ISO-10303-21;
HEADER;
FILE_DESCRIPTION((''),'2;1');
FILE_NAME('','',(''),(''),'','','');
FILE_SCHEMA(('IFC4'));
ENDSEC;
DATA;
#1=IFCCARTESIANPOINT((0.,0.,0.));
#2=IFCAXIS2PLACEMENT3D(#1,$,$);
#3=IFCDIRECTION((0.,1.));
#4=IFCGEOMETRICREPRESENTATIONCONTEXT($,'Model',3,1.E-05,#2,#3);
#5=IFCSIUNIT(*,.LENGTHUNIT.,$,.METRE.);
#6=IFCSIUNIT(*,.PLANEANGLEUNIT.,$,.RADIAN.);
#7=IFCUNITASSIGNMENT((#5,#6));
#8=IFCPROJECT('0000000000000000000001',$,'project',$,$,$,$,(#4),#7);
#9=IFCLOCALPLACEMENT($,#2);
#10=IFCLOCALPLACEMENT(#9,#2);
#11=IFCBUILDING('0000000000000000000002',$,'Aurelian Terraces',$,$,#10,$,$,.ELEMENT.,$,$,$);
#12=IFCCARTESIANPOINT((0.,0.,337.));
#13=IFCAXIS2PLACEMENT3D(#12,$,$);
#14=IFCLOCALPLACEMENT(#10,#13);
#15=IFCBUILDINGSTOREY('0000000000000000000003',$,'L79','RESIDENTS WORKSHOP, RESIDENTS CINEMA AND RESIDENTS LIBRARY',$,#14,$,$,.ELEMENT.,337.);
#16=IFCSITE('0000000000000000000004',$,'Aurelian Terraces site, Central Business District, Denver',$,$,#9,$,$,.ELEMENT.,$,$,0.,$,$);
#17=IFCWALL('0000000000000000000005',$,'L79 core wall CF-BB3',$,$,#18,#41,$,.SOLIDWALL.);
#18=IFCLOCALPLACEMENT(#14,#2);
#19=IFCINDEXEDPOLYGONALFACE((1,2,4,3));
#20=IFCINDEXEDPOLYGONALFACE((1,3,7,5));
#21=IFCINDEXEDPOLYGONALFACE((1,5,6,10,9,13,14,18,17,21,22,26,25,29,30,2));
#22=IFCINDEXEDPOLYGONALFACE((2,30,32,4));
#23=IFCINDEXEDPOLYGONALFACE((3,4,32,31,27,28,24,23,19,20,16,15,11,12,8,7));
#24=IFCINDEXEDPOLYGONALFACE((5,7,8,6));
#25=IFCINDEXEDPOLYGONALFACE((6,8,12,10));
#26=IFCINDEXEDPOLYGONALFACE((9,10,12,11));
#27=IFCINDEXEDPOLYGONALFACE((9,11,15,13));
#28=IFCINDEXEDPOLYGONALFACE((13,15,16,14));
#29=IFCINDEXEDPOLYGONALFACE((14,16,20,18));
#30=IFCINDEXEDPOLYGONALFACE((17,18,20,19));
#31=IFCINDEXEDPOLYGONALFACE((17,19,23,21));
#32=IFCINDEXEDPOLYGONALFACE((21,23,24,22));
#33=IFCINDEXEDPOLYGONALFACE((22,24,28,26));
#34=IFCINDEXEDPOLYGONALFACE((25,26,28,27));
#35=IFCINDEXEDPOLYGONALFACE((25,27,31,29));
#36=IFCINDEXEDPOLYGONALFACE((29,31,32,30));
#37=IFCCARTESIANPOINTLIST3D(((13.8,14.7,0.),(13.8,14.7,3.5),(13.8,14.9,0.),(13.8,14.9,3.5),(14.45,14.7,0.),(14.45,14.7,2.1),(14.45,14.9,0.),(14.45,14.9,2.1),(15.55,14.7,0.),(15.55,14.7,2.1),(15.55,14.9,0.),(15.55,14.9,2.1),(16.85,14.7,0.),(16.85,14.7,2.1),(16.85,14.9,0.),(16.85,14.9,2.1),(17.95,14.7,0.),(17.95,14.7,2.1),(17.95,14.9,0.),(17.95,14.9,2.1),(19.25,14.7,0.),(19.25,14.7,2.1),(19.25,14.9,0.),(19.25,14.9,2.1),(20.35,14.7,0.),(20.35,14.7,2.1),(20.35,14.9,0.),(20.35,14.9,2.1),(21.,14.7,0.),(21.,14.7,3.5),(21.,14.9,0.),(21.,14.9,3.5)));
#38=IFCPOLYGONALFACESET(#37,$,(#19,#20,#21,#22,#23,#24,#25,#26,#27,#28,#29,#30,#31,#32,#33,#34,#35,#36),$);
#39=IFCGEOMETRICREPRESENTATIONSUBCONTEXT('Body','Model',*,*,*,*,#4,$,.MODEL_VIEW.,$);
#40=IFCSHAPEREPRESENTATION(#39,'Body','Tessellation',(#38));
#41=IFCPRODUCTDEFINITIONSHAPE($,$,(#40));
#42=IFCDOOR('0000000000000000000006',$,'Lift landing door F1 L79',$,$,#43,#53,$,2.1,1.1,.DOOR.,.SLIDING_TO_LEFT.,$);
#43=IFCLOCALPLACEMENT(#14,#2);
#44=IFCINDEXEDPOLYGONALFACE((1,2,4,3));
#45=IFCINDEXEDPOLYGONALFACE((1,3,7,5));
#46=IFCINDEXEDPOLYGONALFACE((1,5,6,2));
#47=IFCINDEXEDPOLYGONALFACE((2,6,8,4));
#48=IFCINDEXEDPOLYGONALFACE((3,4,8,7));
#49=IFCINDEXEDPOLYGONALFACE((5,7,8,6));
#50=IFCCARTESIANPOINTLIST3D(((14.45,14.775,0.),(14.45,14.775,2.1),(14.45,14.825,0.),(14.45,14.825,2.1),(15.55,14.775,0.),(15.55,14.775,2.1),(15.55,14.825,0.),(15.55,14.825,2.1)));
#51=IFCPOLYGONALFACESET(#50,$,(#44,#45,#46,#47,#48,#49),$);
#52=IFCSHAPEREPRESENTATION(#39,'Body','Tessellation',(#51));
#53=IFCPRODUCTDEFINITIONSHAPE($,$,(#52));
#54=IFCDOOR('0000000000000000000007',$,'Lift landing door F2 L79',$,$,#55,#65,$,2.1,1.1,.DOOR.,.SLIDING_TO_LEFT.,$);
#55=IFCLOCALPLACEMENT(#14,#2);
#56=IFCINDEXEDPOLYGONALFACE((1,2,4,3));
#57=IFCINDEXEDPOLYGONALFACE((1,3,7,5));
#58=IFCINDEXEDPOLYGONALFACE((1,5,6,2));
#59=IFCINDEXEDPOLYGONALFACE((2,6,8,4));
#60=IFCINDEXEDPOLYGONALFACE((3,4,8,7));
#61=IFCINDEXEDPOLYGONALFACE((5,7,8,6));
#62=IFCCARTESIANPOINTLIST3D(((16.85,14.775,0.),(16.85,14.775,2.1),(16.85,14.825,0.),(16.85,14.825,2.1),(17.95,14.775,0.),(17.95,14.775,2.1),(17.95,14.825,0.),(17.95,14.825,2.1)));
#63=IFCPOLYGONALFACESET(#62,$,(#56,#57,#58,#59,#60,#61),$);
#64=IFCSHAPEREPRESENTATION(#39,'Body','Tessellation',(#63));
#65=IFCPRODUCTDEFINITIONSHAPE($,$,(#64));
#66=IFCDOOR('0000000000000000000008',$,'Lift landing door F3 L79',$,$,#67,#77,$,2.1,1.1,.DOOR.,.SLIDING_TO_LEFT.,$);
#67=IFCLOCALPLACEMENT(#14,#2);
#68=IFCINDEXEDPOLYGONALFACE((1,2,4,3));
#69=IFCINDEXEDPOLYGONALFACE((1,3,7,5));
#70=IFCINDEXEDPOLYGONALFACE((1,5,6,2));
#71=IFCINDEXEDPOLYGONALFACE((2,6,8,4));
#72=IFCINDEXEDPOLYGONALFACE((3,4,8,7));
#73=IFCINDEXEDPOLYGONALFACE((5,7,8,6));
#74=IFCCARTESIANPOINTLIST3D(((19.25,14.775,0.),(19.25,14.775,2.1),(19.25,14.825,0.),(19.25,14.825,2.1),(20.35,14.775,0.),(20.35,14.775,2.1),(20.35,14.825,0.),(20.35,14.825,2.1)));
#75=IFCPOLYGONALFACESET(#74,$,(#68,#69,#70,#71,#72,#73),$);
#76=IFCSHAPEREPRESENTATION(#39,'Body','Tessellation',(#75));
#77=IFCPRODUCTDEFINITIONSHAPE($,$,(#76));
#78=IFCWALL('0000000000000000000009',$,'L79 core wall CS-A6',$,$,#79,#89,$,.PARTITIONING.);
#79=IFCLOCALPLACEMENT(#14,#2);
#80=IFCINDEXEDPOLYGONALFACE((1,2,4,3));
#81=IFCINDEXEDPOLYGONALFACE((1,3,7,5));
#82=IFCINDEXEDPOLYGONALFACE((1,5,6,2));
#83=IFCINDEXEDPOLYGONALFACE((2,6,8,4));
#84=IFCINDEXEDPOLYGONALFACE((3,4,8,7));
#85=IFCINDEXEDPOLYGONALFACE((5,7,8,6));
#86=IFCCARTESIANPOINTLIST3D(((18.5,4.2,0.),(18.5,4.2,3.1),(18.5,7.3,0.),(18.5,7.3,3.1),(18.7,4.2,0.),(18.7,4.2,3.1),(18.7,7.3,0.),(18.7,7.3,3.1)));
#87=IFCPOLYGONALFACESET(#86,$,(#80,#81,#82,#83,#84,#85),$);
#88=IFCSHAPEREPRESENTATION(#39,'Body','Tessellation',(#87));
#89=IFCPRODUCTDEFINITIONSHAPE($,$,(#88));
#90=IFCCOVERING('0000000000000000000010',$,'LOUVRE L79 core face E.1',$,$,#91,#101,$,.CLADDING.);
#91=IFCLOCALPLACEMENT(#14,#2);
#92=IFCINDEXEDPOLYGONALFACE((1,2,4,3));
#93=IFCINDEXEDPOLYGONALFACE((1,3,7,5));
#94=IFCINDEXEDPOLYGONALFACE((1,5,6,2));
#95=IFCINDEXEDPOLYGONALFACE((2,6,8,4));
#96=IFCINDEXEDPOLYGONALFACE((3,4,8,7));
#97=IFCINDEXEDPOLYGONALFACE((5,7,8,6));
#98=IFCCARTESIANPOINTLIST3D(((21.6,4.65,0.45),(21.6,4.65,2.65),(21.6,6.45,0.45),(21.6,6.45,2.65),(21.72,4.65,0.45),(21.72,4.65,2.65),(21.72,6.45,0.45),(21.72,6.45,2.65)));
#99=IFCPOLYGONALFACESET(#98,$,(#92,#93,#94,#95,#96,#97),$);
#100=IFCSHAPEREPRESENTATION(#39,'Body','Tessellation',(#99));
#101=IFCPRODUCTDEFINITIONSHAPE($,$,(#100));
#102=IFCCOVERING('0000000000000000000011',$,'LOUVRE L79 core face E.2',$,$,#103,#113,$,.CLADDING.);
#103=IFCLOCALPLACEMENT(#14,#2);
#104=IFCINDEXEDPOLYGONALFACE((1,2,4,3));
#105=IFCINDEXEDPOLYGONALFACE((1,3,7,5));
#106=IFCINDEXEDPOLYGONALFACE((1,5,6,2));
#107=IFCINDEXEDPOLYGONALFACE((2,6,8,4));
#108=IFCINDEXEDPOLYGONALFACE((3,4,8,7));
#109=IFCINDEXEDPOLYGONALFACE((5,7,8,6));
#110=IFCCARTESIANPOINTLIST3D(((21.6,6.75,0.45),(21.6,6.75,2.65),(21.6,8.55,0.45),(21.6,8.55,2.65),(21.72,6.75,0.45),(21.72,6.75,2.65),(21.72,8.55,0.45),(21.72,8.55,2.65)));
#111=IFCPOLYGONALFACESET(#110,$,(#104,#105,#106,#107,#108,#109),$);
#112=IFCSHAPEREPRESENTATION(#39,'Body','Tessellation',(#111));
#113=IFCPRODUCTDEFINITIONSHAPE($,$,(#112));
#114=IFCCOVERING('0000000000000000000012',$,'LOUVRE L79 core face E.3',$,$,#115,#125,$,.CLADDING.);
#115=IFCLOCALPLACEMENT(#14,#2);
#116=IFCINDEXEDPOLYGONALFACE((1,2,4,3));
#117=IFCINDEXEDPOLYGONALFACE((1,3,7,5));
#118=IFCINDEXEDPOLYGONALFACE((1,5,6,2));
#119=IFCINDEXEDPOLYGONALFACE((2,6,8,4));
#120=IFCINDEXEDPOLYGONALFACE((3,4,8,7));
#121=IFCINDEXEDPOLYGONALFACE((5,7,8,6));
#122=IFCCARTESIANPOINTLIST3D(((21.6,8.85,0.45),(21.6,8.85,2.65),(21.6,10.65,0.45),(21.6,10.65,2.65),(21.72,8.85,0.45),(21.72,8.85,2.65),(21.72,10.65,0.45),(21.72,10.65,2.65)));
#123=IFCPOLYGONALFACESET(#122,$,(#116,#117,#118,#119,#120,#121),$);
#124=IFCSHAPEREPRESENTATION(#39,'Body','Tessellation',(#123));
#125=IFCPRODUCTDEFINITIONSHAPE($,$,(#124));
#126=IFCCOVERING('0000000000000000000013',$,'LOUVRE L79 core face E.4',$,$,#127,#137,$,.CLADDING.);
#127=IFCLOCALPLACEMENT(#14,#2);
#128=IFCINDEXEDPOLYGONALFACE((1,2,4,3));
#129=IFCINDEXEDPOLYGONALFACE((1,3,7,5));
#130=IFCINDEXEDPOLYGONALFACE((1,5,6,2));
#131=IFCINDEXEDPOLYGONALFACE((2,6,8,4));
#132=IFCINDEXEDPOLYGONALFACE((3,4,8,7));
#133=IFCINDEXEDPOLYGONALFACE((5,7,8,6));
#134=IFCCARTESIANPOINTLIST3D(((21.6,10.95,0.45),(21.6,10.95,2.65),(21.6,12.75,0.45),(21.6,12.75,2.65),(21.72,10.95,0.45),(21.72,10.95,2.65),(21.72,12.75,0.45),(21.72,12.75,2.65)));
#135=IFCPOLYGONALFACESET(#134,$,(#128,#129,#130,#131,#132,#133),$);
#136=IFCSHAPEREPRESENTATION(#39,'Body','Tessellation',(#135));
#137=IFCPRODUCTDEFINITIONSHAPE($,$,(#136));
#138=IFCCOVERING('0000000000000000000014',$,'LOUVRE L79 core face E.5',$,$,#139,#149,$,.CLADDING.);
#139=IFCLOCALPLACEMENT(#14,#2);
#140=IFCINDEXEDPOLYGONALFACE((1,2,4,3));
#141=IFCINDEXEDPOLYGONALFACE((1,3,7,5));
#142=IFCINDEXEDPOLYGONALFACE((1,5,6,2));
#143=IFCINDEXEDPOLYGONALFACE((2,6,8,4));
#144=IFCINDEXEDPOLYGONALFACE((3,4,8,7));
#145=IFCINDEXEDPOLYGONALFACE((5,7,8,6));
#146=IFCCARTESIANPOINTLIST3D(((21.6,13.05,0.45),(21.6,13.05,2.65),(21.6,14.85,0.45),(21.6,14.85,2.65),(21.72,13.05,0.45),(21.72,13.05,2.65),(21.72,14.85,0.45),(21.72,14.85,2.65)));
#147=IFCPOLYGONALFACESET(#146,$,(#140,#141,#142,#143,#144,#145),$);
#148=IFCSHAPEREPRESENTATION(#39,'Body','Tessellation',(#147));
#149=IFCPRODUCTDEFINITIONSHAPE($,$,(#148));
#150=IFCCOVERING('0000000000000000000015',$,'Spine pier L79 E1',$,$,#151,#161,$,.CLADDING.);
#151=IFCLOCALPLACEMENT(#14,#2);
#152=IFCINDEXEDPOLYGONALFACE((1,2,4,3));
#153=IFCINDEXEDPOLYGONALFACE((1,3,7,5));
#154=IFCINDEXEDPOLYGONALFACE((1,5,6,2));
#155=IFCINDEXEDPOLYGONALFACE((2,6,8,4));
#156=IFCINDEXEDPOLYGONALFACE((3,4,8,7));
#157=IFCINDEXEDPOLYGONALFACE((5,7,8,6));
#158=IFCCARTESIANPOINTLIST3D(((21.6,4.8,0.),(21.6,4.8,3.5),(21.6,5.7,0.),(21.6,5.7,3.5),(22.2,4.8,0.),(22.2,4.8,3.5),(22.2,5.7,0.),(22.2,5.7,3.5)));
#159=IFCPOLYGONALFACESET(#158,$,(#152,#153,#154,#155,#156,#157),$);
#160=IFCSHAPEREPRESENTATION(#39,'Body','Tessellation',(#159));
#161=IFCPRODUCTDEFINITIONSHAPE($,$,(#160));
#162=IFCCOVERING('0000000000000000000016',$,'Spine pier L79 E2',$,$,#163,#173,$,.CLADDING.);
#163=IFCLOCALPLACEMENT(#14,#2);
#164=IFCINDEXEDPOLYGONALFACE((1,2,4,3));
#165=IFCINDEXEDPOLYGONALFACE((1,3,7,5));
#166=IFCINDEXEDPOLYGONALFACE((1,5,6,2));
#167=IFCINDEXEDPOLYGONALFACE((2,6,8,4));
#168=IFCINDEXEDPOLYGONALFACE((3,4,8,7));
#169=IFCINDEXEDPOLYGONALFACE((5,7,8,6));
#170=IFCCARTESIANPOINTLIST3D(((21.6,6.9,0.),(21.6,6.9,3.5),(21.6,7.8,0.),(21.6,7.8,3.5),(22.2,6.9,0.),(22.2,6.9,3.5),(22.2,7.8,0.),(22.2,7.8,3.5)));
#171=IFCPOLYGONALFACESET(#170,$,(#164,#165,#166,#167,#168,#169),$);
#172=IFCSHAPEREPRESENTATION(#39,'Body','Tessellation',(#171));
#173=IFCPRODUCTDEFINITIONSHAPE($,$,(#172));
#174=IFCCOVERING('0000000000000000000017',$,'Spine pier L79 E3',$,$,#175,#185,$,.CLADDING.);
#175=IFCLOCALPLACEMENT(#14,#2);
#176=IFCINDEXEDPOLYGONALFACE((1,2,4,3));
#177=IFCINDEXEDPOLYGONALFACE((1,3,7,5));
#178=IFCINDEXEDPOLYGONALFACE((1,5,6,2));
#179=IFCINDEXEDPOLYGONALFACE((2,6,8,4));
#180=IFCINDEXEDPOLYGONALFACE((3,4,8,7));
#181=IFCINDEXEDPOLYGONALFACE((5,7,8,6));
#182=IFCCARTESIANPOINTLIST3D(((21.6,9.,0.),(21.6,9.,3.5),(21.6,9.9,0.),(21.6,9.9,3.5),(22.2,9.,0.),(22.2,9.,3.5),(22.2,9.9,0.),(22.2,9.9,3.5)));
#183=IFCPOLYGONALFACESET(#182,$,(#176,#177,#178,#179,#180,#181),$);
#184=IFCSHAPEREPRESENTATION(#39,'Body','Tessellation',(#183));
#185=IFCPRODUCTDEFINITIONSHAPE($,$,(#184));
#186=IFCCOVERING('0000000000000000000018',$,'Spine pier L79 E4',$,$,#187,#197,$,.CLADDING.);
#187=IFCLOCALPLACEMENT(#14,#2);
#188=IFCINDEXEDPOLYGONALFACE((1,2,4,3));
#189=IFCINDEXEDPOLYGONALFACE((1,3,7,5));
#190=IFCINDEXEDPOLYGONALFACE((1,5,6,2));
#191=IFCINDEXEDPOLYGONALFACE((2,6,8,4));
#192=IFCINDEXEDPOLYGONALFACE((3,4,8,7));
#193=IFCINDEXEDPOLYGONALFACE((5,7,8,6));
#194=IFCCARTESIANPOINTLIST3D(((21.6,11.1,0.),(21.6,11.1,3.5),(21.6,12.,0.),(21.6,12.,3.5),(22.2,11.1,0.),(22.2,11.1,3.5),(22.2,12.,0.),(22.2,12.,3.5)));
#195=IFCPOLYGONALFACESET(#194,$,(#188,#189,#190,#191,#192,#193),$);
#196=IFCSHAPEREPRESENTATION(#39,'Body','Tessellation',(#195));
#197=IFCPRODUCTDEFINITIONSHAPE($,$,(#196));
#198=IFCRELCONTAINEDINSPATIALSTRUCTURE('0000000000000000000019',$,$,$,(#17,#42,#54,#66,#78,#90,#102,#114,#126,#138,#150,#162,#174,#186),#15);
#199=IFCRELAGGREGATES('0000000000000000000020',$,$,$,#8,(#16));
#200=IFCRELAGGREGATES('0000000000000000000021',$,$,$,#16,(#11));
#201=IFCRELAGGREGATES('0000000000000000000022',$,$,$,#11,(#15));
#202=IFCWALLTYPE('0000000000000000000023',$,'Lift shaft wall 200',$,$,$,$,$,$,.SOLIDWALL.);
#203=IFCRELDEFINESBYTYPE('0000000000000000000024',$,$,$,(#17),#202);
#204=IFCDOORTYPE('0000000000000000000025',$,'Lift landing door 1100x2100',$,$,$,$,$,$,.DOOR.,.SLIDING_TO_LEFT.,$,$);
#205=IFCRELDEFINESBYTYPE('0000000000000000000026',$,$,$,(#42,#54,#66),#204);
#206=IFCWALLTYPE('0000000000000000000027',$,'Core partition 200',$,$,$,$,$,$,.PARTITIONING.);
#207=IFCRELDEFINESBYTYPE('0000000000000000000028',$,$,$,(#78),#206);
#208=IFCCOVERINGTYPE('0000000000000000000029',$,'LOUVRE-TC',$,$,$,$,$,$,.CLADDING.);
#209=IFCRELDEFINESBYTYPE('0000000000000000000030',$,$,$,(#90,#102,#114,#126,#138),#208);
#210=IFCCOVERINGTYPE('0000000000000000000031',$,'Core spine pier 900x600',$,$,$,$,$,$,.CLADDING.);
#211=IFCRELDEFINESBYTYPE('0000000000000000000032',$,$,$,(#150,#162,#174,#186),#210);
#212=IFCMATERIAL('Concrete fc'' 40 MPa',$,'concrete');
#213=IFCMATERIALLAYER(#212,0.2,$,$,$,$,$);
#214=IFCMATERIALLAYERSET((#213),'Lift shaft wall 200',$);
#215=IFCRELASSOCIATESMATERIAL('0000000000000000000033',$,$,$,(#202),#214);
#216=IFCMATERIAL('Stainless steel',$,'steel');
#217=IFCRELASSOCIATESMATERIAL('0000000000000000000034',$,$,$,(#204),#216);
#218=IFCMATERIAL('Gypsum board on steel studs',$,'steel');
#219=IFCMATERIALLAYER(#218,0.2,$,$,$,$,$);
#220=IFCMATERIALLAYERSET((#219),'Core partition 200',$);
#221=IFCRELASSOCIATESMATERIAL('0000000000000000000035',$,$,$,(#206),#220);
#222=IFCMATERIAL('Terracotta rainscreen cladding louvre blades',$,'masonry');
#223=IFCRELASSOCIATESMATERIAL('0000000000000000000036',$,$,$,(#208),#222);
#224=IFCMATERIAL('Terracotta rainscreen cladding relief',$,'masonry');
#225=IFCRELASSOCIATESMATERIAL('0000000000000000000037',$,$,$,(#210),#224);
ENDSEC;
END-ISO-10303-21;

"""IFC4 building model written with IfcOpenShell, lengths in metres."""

from ifc_helpers import new_model, si_unit, direction, frame, frame_2d, origin, origin_2d, place, context, subcontext, project, spatial, rectangle, extrude, source, transform, mapped, material, layer, layer_set, type_object, element, fill, save


model = new_model("IFC4")

# Units and contexts
model_context = context("Model", 3, precision=1e-05, world=origin(), true_north=direction((0.0, 1.0)))
body_context = subcontext(model_context, "Body", "Model", "MODEL_VIEW")
ifc_project = project(units=[si_unit("LENGTHUNIT", "METRE"), si_unit("PLANEANGLEUNIT", "RADIAN")], contexts=[model_context])

# Site, building, storey
site_placement = place(None, origin())
site = spatial("IfcSite", under=ifc_project, at=site_placement, Name="Aurelian Terraces site, Central Business District, Denver", CompositionType="ELEMENT", RefElevation=0.0)
building_placement = place(site_placement, origin())
building = spatial("IfcBuilding", under=site, at=building_placement, Name="Aurelian Terraces", CompositionType="ELEMENT")
storey_placement = place(building_placement, frame((0.0, 0.0, 337.0)))
storey = spatial("IfcBuildingStorey", under=building, at=storey_placement, Name="L79", Description="RESIDENTS WORKSHOP, RESIDENTS CINEMA AND RESIDENTS LIBRARY", CompositionType="ELEMENT", Elevation=337.0)

# Shared definitions
ifc_material_1 = material(Name="Concrete fc' 40 MPa", Category="concrete")

# Shared definitions
ifc_layer_1 = layer(ifc_material_1, 0.2)
ifc_layer_set_1 = layer_set([ifc_layer_1], Name="Lift shaft wall 200")
wall_type_1 = type_object("IfcWallType", Name="Lift shaft wall 200", PredefinedType="SOLIDWALL", material=ifc_layer_set_1)

# Wall, openings, doors
shared_shape_1 = source(origin(), body_context, "Body", "SweptSolid", [
    extrude(rectangle(XDim=7.2, YDim=0.2, at=frame_2d((3.6, 0.0))), origin(), (0.0, 0.0, 1.0), 3.5),
])
wall_1_placement = place(storey_placement, frame((13.8, 14.8, 0.0), z_axis=(0.0, 0.0, 1.0), x_axis=(1.0, 0.0, 0.0)))
wall_1 = element("IfcWall", 1, at=wall_1_placement, inside=storey, type_object=wall_type_1, Name="L79 core wall CF-BB3", PredefinedType="SOLIDWALL", context=body_context, shape_type="MappedRepresentation", body=[
    mapped(shared_shape_1, transform((0.0, 0.0, 0.0), scale=1.0)),
])
shared_shape_2 = source(origin(), body_context, "Body", "SweptSolid", [
    extrude(rectangle(XDim=1.1, YDim=2.1, at=frame_2d((0.55, 1.05))), frame((0.0, 0.11, 0.0), z_axis=(0.0, -1.0, 0.0), x_axis=(1.0, 0.0, 0.0)), (0.0, 0.0, 1.0), 0.22),
])
opening_1_placement = place(wall_1_placement, frame((0.65, 0.0, 0.0)))
opening_1 = element("IfcOpeningElement", 2, at=opening_1_placement, cuts=wall_1, PredefinedType="OPENING", context=body_context, shape_type="MappedRepresentation", body=[
    mapped(shared_shape_2, transform((0.0, 0.0, 0.0), scale=1.0)),
])
opening_2_placement = place(wall_1_placement, frame((3.05, 0.0, 0.0)))
opening_2 = element("IfcOpeningElement", 3, at=opening_2_placement, cuts=wall_1, PredefinedType="OPENING", context=body_context, shape_type="MappedRepresentation", body=[
    mapped(shared_shape_2, transform((0.0, 0.0, 0.0), scale=1.0)),
])
opening_3_placement = place(wall_1_placement, frame((5.45, 0.0, 0.0)))
opening_3 = element("IfcOpeningElement", 4, at=opening_3_placement, cuts=wall_1, PredefinedType="OPENING", context=body_context, shape_type="MappedRepresentation", body=[
    mapped(shared_shape_2, transform((0.0, 0.0, 0.0), scale=1.0)),
])
ifc_material_2 = material(Name="Stainless steel", Category="steel")
door_type = type_object("IfcDoorType", Name="Lift landing door 1100x2100", OperationType="SLIDING_TO_LEFT", PredefinedType="DOOR", material=ifc_material_2)
shared_shape_3 = source(origin(), body_context, "Body", "SweptSolid", [
    extrude(rectangle(XDim=1.1, YDim=2.1, at=frame_2d((0.55, 1.05))), frame((0.0, 0.025, 0.0), z_axis=(0.0, -1.0, 0.0), x_axis=(1.0, 0.0, 0.0)), (0.0, 0.0, 1.0), 0.05),
])
door_1_placement = place(opening_1_placement, origin())
door_1 = element("IfcDoor", 5, at=door_1_placement, inside=storey, type_object=door_type, Name="Lift landing door F1 L79", OperationType="SLIDING_TO_LEFT", OverallHeight=2.1, OverallWidth=1.1, PredefinedType="DOOR", context=body_context, shape_type="MappedRepresentation", body=[
    mapped(shared_shape_3, transform((0.0, 0.0, 0.0), scale=1.0)),
])
fill(opening_1, door_1)
door_2_placement = place(opening_2_placement, origin())
door_2 = element("IfcDoor", 6, at=door_2_placement, inside=storey, type_object=door_type, Name="Lift landing door F2 L79", OperationType="SLIDING_TO_LEFT", OverallHeight=2.1, OverallWidth=1.1, PredefinedType="DOOR", context=body_context, shape_type="MappedRepresentation", body=[
    mapped(shared_shape_3, transform((0.0, 0.0, 0.0), scale=1.0)),
])
fill(opening_2, door_2)
door_3_placement = place(opening_3_placement, origin())
door_3 = element("IfcDoor", 7, at=door_3_placement, inside=storey, type_object=door_type, Name="Lift landing door F3 L79", OperationType="SLIDING_TO_LEFT", OverallHeight=2.1, OverallWidth=1.1, PredefinedType="DOOR", context=body_context, shape_type="MappedRepresentation", body=[
    mapped(shared_shape_3, transform((0.0, 0.0, 0.0), scale=1.0)),
])
fill(opening_3, door_3)

# Wall
ifc_material_3 = material(Name="Gypsum board on steel studs", Category="steel")
ifc_layer_2 = layer(ifc_material_3, 0.2)
ifc_layer_set_2 = layer_set([ifc_layer_2], Name="Core partition 200")
wall_type_2 = type_object("IfcWallType", Name="Core partition 200", PredefinedType="PARTITIONING", material=ifc_layer_set_2)
shared_shape_4 = source(origin(), body_context, "Body", "SweptSolid", [
    extrude(rectangle(XDim=3.1, YDim=0.2, at=frame_2d((1.55, 0.0))), origin(), (0.0, 0.0, 1.0), 3.1),
])
wall_2_placement = place(storey_placement, frame((18.6, 4.2, 0.0), z_axis=(0.0, 0.0, 1.0), x_axis=(0.0, 1.0, 0.0)))
element("IfcWall", 8, at=wall_2_placement, inside=storey, type_object=wall_type_2, Name="L79 core wall CS-A6", PredefinedType="PARTITIONING", context=body_context, shape_type="MappedRepresentation", body=[
    mapped(shared_shape_4, transform((0.0, 0.0, 0.0), scale=1.0)),
])

# Coverings
ifc_material_4 = material(Name="Terracotta rainscreen cladding louvre blades", Category="masonry")
covering_type_1 = type_object("IfcCoveringType", Name="LOUVRE-TC", PredefinedType="CLADDING", material=ifc_material_4)
shared_shape_5 = source(origin(), body_context, "Body", "SweptSolid", [
    extrude(rectangle(XDim=0.12, YDim=1.8, at=origin_2d()), origin(), (0.0, 0.0, 1.0), 2.2),
])
for number, where, z_axis, x_axis, name in (
    (9, (21.66, 5.55, 0.45), (0.0, 0.0, 1.0), (1.0, 0.0, 0.0), "LOUVRE L79 core face E.1"),
    (10, (21.66, 7.65, 0.45), (0.0, 0.0, 1.0), (1.0, 0.0, 0.0), "LOUVRE L79 core face E.2"),
    (11, (21.66, 9.75, 0.45), (0.0, 0.0, 1.0), (1.0, 0.0, 0.0), "LOUVRE L79 core face E.3"),
    (12, (21.66, 11.85, 0.45), (0.0, 0.0, 1.0), (1.0, 0.0, 0.0), "LOUVRE L79 core face E.4"),
    (13, (21.66, 13.95, 0.45), (0.0, 0.0, 1.0), (1.0, 0.0, 0.0), "LOUVRE L79 core face E.5"),
):
    element("IfcCovering", number, at=place(storey_placement, frame(where, z_axis=z_axis, x_axis=x_axis)), inside=storey, type_object=covering_type_1, Name=name, PredefinedType="CLADDING", context=body_context, shape_type="MappedRepresentation", body=[
        mapped(shared_shape_5, transform((0.0, 0.0, 0.0), scale=1.0)),
    ])
ifc_material_5 = material(Name="Terracotta rainscreen cladding relief", Category="masonry")
covering_type_2 = type_object("IfcCoveringType", Name="Core spine pier 900x600", PredefinedType="CLADDING", material=ifc_material_5)
shared_shape_6 = source(origin(), body_context, "Body", "SweptSolid", [
    extrude(rectangle(XDim=0.6, YDim=0.9, at=origin_2d()), origin(), (0.0, 0.0, 1.0), 3.5),
])
for number, where, z_axis, x_axis, name in (
    (14, (21.9, 5.25, 0.0), (0.0, 0.0, 1.0), (1.0, 0.0, 0.0), "Spine pier L79 E1"),
    (15, (21.9, 7.35, 0.0), (0.0, 0.0, 1.0), (1.0, 0.0, 0.0), "Spine pier L79 E2"),
    (16, (21.9, 9.45, 0.0), (0.0, 0.0, 1.0), (1.0, 0.0, 0.0), "Spine pier L79 E3"),
    (17, (21.9, 11.55, 0.0), (0.0, 0.0, 1.0), (1.0, 0.0, 0.0), "Spine pier L79 E4"),
):
    element("IfcCovering", number, at=place(storey_placement, frame(where, z_axis=z_axis, x_axis=x_axis)), inside=storey, type_object=covering_type_2, Name=name, PredefinedType="CLADDING", context=body_context, shape_type="MappedRepresentation", body=[
        mapped(shared_shape_6, transform((0.0, 0.0, 0.0), scale=1.0)),
    ])

save(model, "model.ifc")
